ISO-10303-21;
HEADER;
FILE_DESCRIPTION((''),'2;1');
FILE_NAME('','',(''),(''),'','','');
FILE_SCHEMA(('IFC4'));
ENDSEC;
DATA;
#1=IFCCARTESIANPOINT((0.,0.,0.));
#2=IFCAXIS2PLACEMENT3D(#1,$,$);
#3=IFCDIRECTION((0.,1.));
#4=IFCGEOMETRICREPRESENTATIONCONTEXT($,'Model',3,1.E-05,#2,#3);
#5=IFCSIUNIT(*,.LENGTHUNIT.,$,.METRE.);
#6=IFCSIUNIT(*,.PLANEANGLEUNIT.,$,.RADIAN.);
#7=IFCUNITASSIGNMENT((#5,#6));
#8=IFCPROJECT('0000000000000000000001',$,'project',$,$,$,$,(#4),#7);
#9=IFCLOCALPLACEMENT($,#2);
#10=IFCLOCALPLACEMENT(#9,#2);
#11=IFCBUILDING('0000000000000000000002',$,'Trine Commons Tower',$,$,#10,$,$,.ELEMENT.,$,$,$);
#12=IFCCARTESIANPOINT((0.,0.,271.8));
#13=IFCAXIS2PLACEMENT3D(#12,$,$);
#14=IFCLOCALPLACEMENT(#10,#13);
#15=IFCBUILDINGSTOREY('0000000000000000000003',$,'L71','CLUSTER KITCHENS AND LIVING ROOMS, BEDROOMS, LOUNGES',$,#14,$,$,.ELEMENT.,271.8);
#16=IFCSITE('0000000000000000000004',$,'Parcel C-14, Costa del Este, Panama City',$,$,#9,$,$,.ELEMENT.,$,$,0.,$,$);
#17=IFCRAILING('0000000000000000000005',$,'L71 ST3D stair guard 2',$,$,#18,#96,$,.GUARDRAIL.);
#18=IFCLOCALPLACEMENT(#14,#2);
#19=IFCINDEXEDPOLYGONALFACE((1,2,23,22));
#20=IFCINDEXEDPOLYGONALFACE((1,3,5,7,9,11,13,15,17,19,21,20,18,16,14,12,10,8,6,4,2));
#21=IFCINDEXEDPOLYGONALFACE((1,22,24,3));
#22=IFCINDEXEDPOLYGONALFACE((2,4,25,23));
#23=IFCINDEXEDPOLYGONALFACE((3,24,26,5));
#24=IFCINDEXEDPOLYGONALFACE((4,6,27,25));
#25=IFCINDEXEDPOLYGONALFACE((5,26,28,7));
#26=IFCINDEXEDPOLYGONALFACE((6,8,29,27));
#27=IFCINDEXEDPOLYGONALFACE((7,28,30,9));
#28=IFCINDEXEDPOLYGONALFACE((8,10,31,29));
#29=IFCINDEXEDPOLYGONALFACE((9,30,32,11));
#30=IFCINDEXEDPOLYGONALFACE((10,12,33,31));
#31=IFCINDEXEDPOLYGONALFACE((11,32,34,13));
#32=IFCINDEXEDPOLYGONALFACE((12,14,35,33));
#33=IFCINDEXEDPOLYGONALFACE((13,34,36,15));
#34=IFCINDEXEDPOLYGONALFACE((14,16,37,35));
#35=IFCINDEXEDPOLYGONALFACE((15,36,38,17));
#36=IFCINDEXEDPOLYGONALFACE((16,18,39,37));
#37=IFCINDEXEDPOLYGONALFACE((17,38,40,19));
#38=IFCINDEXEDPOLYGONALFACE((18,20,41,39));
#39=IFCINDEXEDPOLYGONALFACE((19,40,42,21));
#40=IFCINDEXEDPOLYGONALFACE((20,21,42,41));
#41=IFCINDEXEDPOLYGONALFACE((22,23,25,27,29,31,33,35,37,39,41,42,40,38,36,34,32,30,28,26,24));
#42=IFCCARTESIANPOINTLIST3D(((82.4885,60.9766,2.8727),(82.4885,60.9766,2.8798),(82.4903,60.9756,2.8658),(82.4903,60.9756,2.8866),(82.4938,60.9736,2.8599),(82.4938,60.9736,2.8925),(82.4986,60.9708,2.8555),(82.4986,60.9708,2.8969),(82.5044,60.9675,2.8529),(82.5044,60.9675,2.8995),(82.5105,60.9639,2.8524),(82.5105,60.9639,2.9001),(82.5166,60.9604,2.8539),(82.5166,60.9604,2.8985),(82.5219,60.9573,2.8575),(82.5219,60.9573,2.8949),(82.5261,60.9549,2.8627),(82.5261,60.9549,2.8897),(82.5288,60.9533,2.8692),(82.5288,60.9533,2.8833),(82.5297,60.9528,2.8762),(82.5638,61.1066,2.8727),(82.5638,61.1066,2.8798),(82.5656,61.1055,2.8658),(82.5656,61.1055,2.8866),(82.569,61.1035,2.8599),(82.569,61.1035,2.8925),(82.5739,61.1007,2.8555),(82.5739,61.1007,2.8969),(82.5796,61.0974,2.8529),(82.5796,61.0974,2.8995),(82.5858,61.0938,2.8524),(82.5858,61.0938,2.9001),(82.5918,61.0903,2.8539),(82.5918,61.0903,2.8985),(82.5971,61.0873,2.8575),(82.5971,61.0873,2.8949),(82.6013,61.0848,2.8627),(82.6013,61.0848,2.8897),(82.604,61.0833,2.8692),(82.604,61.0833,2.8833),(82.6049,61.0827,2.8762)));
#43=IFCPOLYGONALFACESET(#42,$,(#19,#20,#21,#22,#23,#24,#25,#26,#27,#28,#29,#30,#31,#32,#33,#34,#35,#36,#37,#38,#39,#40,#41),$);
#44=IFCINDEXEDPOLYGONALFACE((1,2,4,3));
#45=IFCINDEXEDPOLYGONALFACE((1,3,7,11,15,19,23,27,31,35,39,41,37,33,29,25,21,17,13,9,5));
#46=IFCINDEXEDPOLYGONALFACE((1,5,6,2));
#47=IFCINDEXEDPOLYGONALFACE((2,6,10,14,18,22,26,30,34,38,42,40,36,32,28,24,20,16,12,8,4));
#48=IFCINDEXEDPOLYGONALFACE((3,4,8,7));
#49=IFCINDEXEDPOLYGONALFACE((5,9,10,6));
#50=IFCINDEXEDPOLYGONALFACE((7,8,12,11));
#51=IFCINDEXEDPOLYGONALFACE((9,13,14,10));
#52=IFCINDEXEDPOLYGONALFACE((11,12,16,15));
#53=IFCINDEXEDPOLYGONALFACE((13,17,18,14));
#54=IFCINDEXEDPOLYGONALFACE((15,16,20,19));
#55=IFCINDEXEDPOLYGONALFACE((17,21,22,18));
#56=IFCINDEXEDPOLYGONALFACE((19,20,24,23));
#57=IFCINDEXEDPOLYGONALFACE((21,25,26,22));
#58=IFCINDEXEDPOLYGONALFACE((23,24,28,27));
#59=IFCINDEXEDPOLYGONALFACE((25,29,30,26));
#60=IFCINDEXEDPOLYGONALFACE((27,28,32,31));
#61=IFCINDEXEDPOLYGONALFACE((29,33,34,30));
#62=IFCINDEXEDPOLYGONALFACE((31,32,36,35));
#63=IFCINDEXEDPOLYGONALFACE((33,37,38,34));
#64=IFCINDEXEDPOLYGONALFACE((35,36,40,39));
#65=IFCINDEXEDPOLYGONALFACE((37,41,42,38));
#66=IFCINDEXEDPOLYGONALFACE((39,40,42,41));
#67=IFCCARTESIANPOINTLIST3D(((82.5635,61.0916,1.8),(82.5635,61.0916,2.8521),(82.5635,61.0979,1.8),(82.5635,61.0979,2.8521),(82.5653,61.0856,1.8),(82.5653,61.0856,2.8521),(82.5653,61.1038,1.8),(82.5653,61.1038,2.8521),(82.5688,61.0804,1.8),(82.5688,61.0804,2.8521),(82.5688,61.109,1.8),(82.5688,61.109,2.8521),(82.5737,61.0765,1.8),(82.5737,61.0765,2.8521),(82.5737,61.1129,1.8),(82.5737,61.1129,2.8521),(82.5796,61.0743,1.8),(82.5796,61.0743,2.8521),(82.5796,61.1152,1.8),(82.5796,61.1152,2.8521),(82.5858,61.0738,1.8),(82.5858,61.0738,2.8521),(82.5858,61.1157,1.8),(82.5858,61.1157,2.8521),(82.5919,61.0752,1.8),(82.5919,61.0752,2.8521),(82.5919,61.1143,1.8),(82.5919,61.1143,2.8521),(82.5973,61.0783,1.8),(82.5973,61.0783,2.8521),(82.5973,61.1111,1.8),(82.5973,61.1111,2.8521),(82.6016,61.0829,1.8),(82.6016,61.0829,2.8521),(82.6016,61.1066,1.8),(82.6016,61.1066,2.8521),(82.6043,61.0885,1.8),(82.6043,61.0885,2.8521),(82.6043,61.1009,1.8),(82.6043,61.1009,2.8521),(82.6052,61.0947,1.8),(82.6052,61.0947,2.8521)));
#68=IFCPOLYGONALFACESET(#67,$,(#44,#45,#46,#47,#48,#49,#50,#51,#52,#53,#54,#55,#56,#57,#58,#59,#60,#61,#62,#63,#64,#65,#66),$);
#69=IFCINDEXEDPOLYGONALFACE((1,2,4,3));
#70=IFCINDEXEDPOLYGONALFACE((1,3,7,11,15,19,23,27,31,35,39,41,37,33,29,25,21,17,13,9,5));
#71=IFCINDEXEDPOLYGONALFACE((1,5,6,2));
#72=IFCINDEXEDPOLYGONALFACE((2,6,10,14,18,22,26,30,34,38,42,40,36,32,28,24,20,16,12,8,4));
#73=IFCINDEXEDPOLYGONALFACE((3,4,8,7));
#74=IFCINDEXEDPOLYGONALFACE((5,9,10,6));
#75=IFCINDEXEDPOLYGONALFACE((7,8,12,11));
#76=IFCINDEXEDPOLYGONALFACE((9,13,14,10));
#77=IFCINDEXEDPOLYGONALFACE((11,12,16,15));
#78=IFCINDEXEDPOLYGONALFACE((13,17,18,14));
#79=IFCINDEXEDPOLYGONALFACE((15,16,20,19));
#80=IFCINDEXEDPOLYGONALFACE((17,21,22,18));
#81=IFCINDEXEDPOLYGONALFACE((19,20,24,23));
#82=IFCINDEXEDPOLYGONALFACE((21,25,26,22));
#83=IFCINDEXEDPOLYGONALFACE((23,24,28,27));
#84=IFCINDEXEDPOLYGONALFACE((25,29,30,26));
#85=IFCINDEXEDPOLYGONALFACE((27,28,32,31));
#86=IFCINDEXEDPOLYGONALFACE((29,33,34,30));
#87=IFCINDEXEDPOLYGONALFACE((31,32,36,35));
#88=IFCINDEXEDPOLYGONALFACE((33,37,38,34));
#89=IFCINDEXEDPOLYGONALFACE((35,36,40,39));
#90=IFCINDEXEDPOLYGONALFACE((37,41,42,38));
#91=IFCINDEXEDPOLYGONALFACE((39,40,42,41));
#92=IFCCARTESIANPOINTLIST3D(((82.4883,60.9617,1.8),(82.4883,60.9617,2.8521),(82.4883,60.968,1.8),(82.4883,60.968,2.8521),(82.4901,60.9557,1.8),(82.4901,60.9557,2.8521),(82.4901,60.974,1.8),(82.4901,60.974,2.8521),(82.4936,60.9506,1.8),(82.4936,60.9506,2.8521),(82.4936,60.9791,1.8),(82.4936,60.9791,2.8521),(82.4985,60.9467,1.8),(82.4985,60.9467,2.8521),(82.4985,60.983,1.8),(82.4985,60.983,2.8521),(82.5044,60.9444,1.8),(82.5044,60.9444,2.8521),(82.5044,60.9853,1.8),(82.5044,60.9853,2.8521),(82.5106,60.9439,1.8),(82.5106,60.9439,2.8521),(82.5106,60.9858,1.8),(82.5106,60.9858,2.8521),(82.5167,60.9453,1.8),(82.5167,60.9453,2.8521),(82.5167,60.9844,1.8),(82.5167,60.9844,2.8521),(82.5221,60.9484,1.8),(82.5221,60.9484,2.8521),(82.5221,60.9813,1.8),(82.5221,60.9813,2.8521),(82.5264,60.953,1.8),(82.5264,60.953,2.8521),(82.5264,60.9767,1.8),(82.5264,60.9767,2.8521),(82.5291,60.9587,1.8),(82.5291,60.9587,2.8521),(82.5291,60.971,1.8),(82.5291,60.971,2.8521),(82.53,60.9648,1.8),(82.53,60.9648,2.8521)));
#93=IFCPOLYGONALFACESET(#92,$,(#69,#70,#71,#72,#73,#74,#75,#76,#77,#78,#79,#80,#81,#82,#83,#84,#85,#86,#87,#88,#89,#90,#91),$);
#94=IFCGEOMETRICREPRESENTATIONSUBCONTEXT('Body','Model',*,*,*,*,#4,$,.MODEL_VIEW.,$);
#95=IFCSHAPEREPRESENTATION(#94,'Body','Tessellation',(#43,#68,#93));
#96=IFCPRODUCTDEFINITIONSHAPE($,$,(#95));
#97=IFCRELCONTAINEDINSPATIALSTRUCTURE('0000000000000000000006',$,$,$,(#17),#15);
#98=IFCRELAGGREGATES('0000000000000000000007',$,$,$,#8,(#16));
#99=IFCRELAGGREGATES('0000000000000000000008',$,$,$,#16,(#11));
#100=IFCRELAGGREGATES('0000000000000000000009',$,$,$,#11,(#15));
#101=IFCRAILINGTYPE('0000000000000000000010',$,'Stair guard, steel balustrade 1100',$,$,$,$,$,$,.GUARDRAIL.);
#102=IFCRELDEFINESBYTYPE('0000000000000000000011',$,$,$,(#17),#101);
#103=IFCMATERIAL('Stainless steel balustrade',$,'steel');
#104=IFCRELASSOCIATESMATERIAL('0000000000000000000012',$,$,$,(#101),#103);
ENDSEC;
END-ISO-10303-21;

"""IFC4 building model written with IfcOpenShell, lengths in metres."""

from ifc_helpers import new_model, si_unit, direction, frame, origin, origin_2d, place, context, subcontext, project, spatial, circle, extrude, material, type_object, element, save


model = new_model("IFC4")

# Units and contexts
model_context = context("Model", 3, precision=1e-05, world=origin(), true_north=direction((0.0, 1.0)))
body_context = subcontext(model_context, "Body", "Model", "MODEL_VIEW")
ifc_project = project(units=[si_unit("LENGTHUNIT", "METRE"), si_unit("PLANEANGLEUNIT", "RADIAN")], contexts=[model_context])

# Site, building, storey
site_placement = place(None, origin())
site = spatial("IfcSite", under=ifc_project, at=site_placement, Name="Parcel C-14, Costa del Este, Panama City", CompositionType="ELEMENT", RefElevation=0.0)
building_placement = place(site_placement, origin())
building = spatial("IfcBuilding", under=site, at=building_placement, Name="Trine Commons Tower", CompositionType="ELEMENT")
storey_placement = place(building_placement, frame((0.0, 0.0, 271.8)))
storey = spatial("IfcBuildingStorey", under=building, at=storey_placement, Name="L71", Description="CLUSTER KITCHENS AND LIVING ROOMS, BEDROOMS, LOUNGES", CompositionType="ELEMENT", Elevation=271.8)

# Railing
ifc_material_1 = material(Name="Stainless steel balustrade", Category="steel")
railing_type_1 = type_object("IfcRailingType", Name="Stair guard, steel balustrade 1100", PredefinedType="GUARDRAIL", material=ifc_material_1)
railing_1_placement = place(storey_placement, frame((82.5842, 61.0947, 1.8)))
element("IfcRailing", 1, at=railing_1_placement, inside=storey, type_object=railing_type_1, Name="L71 ST3D stair guard 2", PredefinedType="GUARDRAIL", context=body_context, shape_type="SweptSolid", body=[
    extrude(circle(Radius=0.0239, at=origin_2d()), frame((0.0, 0.0, 1.0762), z_axis=(-0.501036, -0.865426, 0.0), x_axis=(0.865426, -0.501036, 0.0)), (0.0, 0.0, 1.0), 0.1501),
    extrude(circle(Radius=0.021, at=origin_2d()), origin(), (0.0, 0.0, 1.0), 1.052),
    extrude(circle(Radius=0.021, at=origin_2d()), frame((-0.0752, -0.1299, 0.0)), (0.0, 0.0, 1.0), 1.052),
])

save(model, "model.ifc")
